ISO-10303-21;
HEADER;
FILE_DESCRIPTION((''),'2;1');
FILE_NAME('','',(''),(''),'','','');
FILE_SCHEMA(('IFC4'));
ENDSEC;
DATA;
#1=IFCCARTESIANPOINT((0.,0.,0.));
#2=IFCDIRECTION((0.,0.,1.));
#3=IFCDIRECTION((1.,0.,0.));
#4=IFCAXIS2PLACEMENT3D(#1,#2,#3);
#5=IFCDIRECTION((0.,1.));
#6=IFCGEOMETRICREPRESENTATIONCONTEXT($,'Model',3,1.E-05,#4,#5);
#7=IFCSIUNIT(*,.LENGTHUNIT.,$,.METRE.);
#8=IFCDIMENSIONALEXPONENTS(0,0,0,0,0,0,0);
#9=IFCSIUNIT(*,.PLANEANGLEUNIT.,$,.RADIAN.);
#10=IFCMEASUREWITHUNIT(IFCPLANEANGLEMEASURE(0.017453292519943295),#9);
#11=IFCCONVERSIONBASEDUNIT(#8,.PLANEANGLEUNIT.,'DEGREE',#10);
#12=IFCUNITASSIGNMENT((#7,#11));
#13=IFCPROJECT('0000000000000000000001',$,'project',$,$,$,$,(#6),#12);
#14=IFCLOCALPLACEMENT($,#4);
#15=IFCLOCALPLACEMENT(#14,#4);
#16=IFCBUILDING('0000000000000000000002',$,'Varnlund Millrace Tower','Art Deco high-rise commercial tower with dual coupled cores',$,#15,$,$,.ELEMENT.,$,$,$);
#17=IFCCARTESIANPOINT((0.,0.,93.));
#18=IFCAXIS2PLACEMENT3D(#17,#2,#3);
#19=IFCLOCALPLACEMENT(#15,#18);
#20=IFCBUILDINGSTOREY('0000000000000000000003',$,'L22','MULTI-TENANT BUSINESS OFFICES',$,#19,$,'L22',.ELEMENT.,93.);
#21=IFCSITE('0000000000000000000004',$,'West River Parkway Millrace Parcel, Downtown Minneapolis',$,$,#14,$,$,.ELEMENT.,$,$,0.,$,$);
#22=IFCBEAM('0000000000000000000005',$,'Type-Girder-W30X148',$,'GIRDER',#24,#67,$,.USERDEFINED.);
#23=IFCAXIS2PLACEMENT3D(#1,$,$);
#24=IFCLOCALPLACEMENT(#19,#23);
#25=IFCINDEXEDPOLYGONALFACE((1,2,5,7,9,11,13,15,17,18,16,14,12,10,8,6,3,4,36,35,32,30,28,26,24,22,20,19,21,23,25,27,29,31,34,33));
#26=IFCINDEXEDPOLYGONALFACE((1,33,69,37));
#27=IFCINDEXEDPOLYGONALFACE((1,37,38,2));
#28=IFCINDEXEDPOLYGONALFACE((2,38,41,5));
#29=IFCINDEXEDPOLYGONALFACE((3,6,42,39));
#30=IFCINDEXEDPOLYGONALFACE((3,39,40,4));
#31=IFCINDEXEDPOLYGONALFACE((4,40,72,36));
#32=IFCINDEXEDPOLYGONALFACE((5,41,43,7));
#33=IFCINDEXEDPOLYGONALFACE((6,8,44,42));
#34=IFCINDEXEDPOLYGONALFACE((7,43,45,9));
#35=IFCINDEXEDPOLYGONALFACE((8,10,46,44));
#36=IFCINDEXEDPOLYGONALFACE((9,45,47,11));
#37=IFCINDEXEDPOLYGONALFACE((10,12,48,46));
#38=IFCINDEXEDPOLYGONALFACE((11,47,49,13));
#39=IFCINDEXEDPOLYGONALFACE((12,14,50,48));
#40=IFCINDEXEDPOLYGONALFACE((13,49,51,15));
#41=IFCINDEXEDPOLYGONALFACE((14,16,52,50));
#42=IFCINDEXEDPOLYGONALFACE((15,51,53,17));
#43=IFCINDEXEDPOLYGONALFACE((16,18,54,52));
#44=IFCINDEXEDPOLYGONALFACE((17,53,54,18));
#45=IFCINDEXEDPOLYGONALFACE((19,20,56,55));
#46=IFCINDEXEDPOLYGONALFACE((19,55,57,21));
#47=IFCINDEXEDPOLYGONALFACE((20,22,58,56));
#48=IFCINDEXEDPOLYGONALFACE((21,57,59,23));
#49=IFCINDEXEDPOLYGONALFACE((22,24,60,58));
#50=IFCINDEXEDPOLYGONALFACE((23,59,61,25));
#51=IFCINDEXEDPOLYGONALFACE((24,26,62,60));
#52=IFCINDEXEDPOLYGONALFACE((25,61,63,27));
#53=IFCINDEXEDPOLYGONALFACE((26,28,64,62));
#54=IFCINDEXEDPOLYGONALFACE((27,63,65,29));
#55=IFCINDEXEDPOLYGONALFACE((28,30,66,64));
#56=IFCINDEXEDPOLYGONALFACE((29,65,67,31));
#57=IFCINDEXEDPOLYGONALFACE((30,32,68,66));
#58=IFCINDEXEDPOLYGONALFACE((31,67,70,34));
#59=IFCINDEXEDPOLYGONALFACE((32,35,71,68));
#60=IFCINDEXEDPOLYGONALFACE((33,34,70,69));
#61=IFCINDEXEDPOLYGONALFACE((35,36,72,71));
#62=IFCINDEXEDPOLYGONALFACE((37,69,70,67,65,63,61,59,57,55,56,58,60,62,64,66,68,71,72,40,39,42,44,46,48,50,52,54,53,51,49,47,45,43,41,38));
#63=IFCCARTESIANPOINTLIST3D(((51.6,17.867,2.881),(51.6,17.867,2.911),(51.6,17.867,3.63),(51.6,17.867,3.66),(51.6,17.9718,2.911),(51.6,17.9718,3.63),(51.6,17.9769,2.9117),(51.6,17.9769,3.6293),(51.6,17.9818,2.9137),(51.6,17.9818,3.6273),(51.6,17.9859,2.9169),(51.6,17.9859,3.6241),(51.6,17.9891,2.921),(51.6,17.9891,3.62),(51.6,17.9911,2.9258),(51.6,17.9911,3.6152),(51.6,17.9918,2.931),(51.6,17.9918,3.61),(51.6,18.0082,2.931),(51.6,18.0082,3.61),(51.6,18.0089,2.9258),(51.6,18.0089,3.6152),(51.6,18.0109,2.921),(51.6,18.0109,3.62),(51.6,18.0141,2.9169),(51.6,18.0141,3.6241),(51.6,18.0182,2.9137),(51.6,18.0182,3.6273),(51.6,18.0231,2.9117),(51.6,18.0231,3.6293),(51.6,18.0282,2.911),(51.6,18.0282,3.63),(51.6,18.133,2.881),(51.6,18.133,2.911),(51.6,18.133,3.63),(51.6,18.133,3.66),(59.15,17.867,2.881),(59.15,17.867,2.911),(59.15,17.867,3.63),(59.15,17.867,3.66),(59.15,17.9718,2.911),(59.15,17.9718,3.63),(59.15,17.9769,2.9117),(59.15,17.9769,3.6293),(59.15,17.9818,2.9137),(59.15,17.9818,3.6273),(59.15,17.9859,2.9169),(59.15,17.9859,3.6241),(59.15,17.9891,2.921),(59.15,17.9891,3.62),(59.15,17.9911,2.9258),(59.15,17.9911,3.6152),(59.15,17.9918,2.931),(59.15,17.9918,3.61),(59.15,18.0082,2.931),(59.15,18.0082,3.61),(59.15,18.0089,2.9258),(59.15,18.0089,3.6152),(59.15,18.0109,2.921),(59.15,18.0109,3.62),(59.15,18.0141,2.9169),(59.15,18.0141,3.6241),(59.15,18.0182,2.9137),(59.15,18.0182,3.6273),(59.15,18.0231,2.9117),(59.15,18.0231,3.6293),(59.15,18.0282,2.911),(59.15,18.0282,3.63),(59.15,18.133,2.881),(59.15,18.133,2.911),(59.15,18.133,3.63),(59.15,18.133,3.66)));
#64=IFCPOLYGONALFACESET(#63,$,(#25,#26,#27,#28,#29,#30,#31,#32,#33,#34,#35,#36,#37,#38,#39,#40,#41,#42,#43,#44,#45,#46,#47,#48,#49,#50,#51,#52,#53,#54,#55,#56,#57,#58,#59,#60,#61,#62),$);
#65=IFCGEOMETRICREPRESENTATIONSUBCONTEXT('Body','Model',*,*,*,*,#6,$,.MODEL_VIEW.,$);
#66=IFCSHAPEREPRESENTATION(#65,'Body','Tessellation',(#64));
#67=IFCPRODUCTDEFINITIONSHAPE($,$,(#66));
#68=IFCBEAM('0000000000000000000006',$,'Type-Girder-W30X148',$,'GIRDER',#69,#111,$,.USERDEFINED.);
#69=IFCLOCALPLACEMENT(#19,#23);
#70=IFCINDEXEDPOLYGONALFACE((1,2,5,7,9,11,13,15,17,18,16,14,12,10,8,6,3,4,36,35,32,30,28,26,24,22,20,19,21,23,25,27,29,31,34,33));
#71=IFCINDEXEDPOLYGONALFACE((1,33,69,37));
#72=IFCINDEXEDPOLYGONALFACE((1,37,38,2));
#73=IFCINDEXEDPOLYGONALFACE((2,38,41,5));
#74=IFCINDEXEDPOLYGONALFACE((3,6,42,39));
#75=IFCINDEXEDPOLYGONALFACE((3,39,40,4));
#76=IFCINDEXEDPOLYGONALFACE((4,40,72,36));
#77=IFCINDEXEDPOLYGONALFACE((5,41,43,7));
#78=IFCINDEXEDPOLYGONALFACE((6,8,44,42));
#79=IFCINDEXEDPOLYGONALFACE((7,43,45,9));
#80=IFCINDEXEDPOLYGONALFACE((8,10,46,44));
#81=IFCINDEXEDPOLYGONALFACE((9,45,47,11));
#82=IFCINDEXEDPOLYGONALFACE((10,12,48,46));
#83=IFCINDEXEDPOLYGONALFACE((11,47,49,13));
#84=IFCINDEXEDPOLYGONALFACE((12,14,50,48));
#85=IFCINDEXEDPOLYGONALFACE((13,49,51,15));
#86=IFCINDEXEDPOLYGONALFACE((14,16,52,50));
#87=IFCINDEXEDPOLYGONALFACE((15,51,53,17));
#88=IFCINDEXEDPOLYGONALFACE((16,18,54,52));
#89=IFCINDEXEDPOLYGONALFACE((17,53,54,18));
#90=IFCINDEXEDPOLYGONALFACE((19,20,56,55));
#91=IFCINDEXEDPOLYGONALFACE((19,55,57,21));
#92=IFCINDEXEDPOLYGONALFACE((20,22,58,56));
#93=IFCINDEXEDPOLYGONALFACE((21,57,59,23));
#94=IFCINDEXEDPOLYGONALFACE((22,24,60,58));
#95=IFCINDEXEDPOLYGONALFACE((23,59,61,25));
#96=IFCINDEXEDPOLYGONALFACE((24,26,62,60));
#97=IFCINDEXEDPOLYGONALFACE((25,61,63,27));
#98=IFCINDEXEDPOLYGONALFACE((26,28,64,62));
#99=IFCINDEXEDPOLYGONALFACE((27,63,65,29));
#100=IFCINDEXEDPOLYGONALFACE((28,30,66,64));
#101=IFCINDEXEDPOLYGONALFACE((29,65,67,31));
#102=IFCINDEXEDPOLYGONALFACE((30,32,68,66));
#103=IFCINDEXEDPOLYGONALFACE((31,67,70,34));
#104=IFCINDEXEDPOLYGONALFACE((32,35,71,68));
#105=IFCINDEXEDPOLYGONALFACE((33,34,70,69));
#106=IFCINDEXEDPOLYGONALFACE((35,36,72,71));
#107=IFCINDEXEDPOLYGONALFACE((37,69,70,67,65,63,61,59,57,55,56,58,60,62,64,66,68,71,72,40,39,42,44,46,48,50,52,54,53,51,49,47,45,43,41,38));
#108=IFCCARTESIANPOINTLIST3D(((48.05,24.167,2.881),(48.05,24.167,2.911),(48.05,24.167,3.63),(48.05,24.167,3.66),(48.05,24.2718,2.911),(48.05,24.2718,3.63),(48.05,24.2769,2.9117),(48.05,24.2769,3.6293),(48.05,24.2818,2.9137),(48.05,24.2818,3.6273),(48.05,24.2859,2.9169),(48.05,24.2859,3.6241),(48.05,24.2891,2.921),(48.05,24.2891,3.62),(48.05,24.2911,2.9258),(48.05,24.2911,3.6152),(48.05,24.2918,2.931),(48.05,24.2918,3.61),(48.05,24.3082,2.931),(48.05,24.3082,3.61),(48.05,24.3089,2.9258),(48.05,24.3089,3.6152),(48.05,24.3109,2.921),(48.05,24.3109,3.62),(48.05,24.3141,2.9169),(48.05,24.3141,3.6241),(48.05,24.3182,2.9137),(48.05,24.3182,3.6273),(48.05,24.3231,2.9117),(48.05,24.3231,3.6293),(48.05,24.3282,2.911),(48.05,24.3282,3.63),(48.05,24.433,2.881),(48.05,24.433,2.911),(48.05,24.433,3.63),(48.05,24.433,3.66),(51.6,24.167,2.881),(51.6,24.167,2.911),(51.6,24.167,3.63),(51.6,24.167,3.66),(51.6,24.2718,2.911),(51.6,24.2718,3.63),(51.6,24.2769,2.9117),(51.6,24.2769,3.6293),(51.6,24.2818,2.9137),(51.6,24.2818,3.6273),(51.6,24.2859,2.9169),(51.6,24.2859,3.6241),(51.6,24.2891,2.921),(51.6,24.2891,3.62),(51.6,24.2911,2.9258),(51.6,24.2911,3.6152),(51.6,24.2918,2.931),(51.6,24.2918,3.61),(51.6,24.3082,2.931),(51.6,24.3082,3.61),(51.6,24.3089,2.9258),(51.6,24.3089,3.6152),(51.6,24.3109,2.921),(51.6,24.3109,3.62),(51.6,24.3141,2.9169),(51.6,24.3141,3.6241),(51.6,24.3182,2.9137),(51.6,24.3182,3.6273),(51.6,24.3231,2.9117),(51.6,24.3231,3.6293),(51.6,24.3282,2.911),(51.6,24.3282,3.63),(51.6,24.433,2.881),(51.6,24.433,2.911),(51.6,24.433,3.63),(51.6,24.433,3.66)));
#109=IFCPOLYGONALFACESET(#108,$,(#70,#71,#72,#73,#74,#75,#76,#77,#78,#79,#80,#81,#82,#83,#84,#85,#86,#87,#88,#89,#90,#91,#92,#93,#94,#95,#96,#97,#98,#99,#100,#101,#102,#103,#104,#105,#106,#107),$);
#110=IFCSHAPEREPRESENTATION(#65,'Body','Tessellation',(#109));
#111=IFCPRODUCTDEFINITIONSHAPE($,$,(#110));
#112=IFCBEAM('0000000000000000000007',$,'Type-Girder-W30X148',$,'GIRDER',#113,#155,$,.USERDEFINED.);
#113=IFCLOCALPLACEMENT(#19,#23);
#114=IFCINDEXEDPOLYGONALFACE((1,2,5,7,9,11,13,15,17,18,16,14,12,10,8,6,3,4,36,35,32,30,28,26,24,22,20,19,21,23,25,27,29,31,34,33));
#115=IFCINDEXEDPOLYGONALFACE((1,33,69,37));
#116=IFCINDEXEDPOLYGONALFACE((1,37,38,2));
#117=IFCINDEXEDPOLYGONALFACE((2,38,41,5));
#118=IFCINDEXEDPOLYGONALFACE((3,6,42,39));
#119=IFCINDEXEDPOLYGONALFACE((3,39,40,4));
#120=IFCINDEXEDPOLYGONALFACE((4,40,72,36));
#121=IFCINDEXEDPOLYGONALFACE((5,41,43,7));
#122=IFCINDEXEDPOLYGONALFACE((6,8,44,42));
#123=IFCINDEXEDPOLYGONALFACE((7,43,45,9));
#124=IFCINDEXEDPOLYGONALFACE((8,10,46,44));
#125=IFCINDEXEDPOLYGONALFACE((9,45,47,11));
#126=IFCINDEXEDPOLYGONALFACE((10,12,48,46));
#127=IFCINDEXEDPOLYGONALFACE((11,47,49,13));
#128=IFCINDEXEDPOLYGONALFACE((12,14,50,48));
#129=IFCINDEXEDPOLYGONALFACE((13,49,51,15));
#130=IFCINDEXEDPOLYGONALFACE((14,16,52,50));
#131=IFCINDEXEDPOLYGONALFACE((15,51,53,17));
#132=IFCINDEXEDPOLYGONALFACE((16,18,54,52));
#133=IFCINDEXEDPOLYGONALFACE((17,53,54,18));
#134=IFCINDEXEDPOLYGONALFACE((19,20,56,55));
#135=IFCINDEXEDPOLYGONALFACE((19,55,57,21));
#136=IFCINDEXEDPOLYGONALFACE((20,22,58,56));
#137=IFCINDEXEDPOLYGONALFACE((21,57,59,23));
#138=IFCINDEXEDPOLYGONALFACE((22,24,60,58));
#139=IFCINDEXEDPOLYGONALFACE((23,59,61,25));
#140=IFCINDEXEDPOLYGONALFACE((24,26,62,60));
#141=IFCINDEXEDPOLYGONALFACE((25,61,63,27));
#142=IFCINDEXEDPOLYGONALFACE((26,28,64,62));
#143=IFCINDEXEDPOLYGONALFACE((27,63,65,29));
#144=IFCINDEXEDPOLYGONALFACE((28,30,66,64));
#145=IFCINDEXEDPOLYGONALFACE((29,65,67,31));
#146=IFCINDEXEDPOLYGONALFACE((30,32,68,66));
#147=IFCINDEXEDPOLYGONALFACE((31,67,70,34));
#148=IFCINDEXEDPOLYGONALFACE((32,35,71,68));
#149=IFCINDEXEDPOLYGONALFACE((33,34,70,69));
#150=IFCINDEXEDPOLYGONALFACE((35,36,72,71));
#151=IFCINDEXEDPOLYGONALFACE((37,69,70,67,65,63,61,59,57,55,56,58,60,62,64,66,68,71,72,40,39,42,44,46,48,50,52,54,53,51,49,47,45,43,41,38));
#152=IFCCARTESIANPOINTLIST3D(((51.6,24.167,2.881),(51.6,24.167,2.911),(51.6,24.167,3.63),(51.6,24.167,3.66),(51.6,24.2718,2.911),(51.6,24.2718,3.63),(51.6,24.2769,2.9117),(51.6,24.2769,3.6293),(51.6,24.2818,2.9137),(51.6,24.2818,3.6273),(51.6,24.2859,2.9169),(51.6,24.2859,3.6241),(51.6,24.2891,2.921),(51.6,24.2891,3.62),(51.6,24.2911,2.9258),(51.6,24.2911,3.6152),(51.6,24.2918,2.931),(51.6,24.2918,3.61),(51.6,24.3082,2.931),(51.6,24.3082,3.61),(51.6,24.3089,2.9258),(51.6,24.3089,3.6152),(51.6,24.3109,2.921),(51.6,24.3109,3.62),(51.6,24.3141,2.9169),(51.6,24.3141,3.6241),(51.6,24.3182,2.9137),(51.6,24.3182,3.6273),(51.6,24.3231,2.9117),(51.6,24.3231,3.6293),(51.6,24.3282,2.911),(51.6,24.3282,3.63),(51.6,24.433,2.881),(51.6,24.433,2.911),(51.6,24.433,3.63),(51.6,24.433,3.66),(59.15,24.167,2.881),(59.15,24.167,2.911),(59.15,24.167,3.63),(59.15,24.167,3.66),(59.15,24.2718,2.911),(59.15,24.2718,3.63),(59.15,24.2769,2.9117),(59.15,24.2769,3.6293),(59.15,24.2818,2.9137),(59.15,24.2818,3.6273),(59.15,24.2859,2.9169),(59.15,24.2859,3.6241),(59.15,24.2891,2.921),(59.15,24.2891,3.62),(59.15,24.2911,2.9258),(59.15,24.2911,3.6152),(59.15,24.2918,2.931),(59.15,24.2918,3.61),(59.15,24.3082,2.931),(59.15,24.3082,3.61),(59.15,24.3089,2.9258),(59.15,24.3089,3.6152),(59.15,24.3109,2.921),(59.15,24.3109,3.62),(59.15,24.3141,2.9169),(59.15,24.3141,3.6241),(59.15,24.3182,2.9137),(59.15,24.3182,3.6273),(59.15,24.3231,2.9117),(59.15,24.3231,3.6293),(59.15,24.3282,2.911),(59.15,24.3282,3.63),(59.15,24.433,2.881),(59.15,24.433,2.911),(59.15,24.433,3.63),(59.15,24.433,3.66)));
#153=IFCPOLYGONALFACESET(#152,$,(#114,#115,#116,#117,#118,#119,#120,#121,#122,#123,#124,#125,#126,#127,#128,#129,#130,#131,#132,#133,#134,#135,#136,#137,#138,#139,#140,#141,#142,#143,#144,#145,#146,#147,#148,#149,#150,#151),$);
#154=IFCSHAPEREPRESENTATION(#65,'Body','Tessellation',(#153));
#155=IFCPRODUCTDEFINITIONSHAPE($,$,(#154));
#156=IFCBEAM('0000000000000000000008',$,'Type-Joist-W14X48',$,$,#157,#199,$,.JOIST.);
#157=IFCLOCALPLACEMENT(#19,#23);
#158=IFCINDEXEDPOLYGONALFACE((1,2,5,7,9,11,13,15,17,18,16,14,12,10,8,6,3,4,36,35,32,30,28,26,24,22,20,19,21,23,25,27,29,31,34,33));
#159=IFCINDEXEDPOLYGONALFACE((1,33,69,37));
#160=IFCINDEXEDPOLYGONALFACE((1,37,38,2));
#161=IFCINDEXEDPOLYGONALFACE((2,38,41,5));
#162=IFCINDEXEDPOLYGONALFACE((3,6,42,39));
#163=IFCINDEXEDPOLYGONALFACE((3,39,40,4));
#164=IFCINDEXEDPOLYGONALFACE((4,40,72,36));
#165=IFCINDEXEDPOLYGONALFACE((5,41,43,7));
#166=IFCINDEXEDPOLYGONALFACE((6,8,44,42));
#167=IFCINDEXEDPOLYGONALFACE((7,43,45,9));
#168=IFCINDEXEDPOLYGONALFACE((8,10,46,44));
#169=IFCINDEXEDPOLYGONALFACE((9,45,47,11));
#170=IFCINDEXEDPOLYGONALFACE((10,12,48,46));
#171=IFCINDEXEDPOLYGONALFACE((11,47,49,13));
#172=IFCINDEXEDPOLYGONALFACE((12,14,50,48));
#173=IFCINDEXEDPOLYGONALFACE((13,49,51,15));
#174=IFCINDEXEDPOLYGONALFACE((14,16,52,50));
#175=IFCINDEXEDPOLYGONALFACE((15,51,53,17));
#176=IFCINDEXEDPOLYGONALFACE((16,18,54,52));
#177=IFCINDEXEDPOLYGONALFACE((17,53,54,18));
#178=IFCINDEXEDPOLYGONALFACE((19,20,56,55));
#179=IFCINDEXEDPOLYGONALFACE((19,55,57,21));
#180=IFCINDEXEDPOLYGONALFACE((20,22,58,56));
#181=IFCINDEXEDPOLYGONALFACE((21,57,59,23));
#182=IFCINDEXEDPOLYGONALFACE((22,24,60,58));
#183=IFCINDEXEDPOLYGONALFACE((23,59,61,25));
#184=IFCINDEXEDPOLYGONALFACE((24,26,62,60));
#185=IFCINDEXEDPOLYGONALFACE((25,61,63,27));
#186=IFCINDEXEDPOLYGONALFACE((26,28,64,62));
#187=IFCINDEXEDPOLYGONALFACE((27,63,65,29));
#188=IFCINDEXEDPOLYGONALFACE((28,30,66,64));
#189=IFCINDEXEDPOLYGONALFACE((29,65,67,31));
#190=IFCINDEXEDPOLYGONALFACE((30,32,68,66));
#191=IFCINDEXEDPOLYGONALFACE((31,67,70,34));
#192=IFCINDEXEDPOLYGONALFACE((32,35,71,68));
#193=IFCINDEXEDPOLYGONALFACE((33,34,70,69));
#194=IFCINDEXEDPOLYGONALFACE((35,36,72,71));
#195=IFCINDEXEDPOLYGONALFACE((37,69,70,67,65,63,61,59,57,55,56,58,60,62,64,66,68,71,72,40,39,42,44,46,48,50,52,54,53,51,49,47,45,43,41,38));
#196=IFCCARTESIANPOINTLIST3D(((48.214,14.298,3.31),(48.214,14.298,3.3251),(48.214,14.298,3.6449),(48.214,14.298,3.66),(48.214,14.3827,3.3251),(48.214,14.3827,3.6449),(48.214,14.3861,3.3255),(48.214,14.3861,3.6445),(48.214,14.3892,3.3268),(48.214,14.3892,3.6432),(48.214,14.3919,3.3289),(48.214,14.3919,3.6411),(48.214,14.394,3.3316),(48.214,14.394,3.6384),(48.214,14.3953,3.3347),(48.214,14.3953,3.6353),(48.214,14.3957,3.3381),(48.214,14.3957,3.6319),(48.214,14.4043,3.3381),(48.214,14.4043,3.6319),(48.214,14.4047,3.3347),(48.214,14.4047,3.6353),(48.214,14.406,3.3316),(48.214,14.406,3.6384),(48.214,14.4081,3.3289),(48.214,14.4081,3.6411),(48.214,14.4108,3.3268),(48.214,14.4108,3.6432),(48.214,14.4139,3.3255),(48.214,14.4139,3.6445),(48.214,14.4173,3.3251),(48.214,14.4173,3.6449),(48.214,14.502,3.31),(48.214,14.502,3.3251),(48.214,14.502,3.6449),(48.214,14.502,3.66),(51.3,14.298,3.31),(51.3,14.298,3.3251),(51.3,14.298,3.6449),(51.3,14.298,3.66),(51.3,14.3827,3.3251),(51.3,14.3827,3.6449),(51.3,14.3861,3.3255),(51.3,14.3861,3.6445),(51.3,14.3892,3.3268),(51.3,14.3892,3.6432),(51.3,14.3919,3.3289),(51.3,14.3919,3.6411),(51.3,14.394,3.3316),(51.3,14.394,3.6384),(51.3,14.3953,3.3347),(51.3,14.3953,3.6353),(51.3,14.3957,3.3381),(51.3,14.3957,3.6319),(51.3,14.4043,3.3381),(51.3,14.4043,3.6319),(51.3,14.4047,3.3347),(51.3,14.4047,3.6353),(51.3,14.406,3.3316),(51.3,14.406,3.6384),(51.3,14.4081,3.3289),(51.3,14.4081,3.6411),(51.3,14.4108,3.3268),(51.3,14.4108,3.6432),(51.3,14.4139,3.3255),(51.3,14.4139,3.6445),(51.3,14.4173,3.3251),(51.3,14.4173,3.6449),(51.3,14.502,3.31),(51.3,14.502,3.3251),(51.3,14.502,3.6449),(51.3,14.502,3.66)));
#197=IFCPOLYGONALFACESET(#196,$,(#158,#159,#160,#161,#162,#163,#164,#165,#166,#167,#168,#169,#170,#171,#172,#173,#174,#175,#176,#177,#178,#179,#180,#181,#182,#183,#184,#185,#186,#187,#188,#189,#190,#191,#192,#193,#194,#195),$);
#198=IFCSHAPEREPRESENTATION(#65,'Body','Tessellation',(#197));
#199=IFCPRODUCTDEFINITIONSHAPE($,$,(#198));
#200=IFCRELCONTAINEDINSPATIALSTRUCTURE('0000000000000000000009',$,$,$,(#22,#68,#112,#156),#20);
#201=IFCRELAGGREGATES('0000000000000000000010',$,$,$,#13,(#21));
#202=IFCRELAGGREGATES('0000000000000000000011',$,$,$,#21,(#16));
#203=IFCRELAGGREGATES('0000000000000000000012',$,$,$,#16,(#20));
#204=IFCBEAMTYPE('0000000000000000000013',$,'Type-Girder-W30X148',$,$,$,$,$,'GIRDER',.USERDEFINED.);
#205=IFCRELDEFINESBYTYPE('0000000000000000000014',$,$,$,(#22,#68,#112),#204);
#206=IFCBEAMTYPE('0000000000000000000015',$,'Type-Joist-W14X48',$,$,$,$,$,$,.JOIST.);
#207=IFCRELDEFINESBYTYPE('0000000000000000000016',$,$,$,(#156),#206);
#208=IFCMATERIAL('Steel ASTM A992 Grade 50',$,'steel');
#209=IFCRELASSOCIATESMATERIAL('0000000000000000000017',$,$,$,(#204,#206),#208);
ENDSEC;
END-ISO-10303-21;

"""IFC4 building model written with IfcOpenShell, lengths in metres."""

from ifc_helpers import new_model, entity, si_unit, converted_unit, direction, frame, origin_with_axes, origin_2d_with_axis, place, context, subcontext, project, spatial, i_section, extrude, material, material_profile, profile_set, type_object, element, save


model = new_model("IFC4")

# Units and contexts
model_context = context("Model", 3, precision=1e-05, world=origin_with_axes(), true_north=direction((0.0, 1.0)))
body_context = subcontext(model_context, "Body", "Model", "MODEL_VIEW")
ifc_project = project(units=[si_unit("LENGTHUNIT", "METRE"), converted_unit("PLANEANGLEUNIT", "DEGREE", entity("IfcPlaneAngleMeasure", 0.017453292519943295), si_unit("PLANEANGLEUNIT", "RADIAN"), dimensions=[0, 0, 0, 0, 0, 0, 0])], contexts=[model_context])

# Site, building, storey
site_placement = place(None, origin_with_axes())
site = spatial("IfcSite", under=ifc_project, at=site_placement, Name="West River Parkway Millrace Parcel, Downtown Minneapolis", CompositionType="ELEMENT", RefElevation=0.0)
building_placement = place(site_placement, origin_with_axes())
building = spatial("IfcBuilding", under=site, at=building_placement, Name="Varnlund Millrace Tower", Description="Art Deco high-rise commercial tower with dual coupled cores", CompositionType="ELEMENT")
storey_placement = place(building_placement, frame((0.0, 0.0, 93.0), z_axis=(0.0, 0.0, 1.0), x_axis=(1.0, 0.0, 0.0)))
storey = spatial("IfcBuildingStorey", under=building, at=storey_placement, Name="L22", Description="MULTI-TENANT BUSINESS OFFICES", LongName="L22", CompositionType="ELEMENT", Elevation=93.0)

# Beams
ifc_material_1 = material(Name="Steel ASTM A992 Grade 50", Category="steel")
ifc_material_profile_1 = material_profile(ifc_material_1, i_section(OverallWidth=0.266, OverallDepth=0.779, WebThickness=0.0165, FlangeThickness=0.03, FilletRadius=0.02, at=origin_2d_with_axis()), Name="Steel ASTM A992 Grade 50")
ifc_profile_set_1 = profile_set([ifc_material_profile_1], Name="Steel ASTM A992 Grade 50")
beam_type_1 = type_object("IfcBeamType", Name="Type-Girder-W30X148", ElementType="GIRDER", PredefinedType="USERDEFINED", material=ifc_profile_set_1)
beam_1_placement = place(storey_placement, frame((51.6, 18.0, 3.2705), z_axis=(1.0, 0.0, 0.0), x_axis=(0.0, 1.0, 0.0)))
element("IfcBeam", 1, at=beam_1_placement, inside=storey, type_object=beam_type_1, Name="Type-Girder-W30X148", ObjectType="GIRDER", PredefinedType="USERDEFINED", context=body_context, shape_type="SweptSolid", body=[
    extrude(i_section(OverallWidth=0.266, OverallDepth=0.779, WebThickness=0.0165, FlangeThickness=0.03, FilletRadius=0.02, at=origin_2d_with_axis()), origin_with_axes(), (0.0, 0.0, 1.0), 7.55),
])
beam_2_placement = place(storey_placement, frame((48.05, 24.3, 3.2705), z_axis=(1.0, 0.0, 0.0), x_axis=(0.0, 1.0, 0.0)))
element("IfcBeam", 2, at=beam_2_placement, inside=storey, type_object=beam_type_1, Name="Type-Girder-W30X148", ObjectType="GIRDER", PredefinedType="USERDEFINED", context=body_context, shape_type="SweptSolid", body=[
    extrude(i_section(OverallWidth=0.266, OverallDepth=0.779, WebThickness=0.0165, FlangeThickness=0.03, FilletRadius=0.02, at=origin_2d_with_axis()), origin_with_axes(), (0.0, 0.0, 1.0), 3.55),
])
beam_3_placement = place(storey_placement, frame((51.6, 24.3, 3.2705), z_axis=(1.0, 0.0, 0.0), x_axis=(0.0, 1.0, 0.0)))
element("IfcBeam", 3, at=beam_3_placement, inside=storey, type_object=beam_type_1, Name="Type-Girder-W30X148", ObjectType="GIRDER", PredefinedType="USERDEFINED", context=body_context, shape_type="SweptSolid", body=[
    extrude(i_section(OverallWidth=0.266, OverallDepth=0.779, WebThickness=0.0165, FlangeThickness=0.03, FilletRadius=0.02, at=origin_2d_with_axis()), origin_with_axes(), (0.0, 0.0, 1.0), 7.55),
])
ifc_material_profile_2 = material_profile(ifc_material_1, i_section(OverallWidth=0.204, OverallDepth=0.35, WebThickness=0.0086, FlangeThickness=0.0151, FilletRadius=0.013, at=origin_2d_with_axis()), Name="Steel ASTM A992 Grade 50")
ifc_profile_set_2 = profile_set([ifc_material_profile_2], Name="Steel ASTM A992 Grade 50")
beam_type_2 = type_object("IfcBeamType", Name="Type-Joist-W14X48", PredefinedType="JOIST", material=ifc_profile_set_2)
for number, where, z_axis, x_axis, name in (
    (4, (48.214, 14.4, 3.485), (1.0, 0.0, 0.0), (0.0, 1.0, 0.0), "Type-Joist-W14X48"),
):
    element("IfcBeam", number, at=place(storey_placement, frame(where, z_axis=z_axis, x_axis=x_axis)), inside=storey, type_object=beam_type_2, Name=name, PredefinedType="JOIST", context=body_context, shape_type="SweptSolid", body=[
        extrude(i_section(OverallWidth=0.204, OverallDepth=0.35, WebThickness=0.0086, FlangeThickness=0.0151, FilletRadius=0.013, at=origin_2d_with_axis()), origin_with_axes(), (0.0, 0.0, 1.0), 3.086),
    ])

save(model, "model.ifc")
